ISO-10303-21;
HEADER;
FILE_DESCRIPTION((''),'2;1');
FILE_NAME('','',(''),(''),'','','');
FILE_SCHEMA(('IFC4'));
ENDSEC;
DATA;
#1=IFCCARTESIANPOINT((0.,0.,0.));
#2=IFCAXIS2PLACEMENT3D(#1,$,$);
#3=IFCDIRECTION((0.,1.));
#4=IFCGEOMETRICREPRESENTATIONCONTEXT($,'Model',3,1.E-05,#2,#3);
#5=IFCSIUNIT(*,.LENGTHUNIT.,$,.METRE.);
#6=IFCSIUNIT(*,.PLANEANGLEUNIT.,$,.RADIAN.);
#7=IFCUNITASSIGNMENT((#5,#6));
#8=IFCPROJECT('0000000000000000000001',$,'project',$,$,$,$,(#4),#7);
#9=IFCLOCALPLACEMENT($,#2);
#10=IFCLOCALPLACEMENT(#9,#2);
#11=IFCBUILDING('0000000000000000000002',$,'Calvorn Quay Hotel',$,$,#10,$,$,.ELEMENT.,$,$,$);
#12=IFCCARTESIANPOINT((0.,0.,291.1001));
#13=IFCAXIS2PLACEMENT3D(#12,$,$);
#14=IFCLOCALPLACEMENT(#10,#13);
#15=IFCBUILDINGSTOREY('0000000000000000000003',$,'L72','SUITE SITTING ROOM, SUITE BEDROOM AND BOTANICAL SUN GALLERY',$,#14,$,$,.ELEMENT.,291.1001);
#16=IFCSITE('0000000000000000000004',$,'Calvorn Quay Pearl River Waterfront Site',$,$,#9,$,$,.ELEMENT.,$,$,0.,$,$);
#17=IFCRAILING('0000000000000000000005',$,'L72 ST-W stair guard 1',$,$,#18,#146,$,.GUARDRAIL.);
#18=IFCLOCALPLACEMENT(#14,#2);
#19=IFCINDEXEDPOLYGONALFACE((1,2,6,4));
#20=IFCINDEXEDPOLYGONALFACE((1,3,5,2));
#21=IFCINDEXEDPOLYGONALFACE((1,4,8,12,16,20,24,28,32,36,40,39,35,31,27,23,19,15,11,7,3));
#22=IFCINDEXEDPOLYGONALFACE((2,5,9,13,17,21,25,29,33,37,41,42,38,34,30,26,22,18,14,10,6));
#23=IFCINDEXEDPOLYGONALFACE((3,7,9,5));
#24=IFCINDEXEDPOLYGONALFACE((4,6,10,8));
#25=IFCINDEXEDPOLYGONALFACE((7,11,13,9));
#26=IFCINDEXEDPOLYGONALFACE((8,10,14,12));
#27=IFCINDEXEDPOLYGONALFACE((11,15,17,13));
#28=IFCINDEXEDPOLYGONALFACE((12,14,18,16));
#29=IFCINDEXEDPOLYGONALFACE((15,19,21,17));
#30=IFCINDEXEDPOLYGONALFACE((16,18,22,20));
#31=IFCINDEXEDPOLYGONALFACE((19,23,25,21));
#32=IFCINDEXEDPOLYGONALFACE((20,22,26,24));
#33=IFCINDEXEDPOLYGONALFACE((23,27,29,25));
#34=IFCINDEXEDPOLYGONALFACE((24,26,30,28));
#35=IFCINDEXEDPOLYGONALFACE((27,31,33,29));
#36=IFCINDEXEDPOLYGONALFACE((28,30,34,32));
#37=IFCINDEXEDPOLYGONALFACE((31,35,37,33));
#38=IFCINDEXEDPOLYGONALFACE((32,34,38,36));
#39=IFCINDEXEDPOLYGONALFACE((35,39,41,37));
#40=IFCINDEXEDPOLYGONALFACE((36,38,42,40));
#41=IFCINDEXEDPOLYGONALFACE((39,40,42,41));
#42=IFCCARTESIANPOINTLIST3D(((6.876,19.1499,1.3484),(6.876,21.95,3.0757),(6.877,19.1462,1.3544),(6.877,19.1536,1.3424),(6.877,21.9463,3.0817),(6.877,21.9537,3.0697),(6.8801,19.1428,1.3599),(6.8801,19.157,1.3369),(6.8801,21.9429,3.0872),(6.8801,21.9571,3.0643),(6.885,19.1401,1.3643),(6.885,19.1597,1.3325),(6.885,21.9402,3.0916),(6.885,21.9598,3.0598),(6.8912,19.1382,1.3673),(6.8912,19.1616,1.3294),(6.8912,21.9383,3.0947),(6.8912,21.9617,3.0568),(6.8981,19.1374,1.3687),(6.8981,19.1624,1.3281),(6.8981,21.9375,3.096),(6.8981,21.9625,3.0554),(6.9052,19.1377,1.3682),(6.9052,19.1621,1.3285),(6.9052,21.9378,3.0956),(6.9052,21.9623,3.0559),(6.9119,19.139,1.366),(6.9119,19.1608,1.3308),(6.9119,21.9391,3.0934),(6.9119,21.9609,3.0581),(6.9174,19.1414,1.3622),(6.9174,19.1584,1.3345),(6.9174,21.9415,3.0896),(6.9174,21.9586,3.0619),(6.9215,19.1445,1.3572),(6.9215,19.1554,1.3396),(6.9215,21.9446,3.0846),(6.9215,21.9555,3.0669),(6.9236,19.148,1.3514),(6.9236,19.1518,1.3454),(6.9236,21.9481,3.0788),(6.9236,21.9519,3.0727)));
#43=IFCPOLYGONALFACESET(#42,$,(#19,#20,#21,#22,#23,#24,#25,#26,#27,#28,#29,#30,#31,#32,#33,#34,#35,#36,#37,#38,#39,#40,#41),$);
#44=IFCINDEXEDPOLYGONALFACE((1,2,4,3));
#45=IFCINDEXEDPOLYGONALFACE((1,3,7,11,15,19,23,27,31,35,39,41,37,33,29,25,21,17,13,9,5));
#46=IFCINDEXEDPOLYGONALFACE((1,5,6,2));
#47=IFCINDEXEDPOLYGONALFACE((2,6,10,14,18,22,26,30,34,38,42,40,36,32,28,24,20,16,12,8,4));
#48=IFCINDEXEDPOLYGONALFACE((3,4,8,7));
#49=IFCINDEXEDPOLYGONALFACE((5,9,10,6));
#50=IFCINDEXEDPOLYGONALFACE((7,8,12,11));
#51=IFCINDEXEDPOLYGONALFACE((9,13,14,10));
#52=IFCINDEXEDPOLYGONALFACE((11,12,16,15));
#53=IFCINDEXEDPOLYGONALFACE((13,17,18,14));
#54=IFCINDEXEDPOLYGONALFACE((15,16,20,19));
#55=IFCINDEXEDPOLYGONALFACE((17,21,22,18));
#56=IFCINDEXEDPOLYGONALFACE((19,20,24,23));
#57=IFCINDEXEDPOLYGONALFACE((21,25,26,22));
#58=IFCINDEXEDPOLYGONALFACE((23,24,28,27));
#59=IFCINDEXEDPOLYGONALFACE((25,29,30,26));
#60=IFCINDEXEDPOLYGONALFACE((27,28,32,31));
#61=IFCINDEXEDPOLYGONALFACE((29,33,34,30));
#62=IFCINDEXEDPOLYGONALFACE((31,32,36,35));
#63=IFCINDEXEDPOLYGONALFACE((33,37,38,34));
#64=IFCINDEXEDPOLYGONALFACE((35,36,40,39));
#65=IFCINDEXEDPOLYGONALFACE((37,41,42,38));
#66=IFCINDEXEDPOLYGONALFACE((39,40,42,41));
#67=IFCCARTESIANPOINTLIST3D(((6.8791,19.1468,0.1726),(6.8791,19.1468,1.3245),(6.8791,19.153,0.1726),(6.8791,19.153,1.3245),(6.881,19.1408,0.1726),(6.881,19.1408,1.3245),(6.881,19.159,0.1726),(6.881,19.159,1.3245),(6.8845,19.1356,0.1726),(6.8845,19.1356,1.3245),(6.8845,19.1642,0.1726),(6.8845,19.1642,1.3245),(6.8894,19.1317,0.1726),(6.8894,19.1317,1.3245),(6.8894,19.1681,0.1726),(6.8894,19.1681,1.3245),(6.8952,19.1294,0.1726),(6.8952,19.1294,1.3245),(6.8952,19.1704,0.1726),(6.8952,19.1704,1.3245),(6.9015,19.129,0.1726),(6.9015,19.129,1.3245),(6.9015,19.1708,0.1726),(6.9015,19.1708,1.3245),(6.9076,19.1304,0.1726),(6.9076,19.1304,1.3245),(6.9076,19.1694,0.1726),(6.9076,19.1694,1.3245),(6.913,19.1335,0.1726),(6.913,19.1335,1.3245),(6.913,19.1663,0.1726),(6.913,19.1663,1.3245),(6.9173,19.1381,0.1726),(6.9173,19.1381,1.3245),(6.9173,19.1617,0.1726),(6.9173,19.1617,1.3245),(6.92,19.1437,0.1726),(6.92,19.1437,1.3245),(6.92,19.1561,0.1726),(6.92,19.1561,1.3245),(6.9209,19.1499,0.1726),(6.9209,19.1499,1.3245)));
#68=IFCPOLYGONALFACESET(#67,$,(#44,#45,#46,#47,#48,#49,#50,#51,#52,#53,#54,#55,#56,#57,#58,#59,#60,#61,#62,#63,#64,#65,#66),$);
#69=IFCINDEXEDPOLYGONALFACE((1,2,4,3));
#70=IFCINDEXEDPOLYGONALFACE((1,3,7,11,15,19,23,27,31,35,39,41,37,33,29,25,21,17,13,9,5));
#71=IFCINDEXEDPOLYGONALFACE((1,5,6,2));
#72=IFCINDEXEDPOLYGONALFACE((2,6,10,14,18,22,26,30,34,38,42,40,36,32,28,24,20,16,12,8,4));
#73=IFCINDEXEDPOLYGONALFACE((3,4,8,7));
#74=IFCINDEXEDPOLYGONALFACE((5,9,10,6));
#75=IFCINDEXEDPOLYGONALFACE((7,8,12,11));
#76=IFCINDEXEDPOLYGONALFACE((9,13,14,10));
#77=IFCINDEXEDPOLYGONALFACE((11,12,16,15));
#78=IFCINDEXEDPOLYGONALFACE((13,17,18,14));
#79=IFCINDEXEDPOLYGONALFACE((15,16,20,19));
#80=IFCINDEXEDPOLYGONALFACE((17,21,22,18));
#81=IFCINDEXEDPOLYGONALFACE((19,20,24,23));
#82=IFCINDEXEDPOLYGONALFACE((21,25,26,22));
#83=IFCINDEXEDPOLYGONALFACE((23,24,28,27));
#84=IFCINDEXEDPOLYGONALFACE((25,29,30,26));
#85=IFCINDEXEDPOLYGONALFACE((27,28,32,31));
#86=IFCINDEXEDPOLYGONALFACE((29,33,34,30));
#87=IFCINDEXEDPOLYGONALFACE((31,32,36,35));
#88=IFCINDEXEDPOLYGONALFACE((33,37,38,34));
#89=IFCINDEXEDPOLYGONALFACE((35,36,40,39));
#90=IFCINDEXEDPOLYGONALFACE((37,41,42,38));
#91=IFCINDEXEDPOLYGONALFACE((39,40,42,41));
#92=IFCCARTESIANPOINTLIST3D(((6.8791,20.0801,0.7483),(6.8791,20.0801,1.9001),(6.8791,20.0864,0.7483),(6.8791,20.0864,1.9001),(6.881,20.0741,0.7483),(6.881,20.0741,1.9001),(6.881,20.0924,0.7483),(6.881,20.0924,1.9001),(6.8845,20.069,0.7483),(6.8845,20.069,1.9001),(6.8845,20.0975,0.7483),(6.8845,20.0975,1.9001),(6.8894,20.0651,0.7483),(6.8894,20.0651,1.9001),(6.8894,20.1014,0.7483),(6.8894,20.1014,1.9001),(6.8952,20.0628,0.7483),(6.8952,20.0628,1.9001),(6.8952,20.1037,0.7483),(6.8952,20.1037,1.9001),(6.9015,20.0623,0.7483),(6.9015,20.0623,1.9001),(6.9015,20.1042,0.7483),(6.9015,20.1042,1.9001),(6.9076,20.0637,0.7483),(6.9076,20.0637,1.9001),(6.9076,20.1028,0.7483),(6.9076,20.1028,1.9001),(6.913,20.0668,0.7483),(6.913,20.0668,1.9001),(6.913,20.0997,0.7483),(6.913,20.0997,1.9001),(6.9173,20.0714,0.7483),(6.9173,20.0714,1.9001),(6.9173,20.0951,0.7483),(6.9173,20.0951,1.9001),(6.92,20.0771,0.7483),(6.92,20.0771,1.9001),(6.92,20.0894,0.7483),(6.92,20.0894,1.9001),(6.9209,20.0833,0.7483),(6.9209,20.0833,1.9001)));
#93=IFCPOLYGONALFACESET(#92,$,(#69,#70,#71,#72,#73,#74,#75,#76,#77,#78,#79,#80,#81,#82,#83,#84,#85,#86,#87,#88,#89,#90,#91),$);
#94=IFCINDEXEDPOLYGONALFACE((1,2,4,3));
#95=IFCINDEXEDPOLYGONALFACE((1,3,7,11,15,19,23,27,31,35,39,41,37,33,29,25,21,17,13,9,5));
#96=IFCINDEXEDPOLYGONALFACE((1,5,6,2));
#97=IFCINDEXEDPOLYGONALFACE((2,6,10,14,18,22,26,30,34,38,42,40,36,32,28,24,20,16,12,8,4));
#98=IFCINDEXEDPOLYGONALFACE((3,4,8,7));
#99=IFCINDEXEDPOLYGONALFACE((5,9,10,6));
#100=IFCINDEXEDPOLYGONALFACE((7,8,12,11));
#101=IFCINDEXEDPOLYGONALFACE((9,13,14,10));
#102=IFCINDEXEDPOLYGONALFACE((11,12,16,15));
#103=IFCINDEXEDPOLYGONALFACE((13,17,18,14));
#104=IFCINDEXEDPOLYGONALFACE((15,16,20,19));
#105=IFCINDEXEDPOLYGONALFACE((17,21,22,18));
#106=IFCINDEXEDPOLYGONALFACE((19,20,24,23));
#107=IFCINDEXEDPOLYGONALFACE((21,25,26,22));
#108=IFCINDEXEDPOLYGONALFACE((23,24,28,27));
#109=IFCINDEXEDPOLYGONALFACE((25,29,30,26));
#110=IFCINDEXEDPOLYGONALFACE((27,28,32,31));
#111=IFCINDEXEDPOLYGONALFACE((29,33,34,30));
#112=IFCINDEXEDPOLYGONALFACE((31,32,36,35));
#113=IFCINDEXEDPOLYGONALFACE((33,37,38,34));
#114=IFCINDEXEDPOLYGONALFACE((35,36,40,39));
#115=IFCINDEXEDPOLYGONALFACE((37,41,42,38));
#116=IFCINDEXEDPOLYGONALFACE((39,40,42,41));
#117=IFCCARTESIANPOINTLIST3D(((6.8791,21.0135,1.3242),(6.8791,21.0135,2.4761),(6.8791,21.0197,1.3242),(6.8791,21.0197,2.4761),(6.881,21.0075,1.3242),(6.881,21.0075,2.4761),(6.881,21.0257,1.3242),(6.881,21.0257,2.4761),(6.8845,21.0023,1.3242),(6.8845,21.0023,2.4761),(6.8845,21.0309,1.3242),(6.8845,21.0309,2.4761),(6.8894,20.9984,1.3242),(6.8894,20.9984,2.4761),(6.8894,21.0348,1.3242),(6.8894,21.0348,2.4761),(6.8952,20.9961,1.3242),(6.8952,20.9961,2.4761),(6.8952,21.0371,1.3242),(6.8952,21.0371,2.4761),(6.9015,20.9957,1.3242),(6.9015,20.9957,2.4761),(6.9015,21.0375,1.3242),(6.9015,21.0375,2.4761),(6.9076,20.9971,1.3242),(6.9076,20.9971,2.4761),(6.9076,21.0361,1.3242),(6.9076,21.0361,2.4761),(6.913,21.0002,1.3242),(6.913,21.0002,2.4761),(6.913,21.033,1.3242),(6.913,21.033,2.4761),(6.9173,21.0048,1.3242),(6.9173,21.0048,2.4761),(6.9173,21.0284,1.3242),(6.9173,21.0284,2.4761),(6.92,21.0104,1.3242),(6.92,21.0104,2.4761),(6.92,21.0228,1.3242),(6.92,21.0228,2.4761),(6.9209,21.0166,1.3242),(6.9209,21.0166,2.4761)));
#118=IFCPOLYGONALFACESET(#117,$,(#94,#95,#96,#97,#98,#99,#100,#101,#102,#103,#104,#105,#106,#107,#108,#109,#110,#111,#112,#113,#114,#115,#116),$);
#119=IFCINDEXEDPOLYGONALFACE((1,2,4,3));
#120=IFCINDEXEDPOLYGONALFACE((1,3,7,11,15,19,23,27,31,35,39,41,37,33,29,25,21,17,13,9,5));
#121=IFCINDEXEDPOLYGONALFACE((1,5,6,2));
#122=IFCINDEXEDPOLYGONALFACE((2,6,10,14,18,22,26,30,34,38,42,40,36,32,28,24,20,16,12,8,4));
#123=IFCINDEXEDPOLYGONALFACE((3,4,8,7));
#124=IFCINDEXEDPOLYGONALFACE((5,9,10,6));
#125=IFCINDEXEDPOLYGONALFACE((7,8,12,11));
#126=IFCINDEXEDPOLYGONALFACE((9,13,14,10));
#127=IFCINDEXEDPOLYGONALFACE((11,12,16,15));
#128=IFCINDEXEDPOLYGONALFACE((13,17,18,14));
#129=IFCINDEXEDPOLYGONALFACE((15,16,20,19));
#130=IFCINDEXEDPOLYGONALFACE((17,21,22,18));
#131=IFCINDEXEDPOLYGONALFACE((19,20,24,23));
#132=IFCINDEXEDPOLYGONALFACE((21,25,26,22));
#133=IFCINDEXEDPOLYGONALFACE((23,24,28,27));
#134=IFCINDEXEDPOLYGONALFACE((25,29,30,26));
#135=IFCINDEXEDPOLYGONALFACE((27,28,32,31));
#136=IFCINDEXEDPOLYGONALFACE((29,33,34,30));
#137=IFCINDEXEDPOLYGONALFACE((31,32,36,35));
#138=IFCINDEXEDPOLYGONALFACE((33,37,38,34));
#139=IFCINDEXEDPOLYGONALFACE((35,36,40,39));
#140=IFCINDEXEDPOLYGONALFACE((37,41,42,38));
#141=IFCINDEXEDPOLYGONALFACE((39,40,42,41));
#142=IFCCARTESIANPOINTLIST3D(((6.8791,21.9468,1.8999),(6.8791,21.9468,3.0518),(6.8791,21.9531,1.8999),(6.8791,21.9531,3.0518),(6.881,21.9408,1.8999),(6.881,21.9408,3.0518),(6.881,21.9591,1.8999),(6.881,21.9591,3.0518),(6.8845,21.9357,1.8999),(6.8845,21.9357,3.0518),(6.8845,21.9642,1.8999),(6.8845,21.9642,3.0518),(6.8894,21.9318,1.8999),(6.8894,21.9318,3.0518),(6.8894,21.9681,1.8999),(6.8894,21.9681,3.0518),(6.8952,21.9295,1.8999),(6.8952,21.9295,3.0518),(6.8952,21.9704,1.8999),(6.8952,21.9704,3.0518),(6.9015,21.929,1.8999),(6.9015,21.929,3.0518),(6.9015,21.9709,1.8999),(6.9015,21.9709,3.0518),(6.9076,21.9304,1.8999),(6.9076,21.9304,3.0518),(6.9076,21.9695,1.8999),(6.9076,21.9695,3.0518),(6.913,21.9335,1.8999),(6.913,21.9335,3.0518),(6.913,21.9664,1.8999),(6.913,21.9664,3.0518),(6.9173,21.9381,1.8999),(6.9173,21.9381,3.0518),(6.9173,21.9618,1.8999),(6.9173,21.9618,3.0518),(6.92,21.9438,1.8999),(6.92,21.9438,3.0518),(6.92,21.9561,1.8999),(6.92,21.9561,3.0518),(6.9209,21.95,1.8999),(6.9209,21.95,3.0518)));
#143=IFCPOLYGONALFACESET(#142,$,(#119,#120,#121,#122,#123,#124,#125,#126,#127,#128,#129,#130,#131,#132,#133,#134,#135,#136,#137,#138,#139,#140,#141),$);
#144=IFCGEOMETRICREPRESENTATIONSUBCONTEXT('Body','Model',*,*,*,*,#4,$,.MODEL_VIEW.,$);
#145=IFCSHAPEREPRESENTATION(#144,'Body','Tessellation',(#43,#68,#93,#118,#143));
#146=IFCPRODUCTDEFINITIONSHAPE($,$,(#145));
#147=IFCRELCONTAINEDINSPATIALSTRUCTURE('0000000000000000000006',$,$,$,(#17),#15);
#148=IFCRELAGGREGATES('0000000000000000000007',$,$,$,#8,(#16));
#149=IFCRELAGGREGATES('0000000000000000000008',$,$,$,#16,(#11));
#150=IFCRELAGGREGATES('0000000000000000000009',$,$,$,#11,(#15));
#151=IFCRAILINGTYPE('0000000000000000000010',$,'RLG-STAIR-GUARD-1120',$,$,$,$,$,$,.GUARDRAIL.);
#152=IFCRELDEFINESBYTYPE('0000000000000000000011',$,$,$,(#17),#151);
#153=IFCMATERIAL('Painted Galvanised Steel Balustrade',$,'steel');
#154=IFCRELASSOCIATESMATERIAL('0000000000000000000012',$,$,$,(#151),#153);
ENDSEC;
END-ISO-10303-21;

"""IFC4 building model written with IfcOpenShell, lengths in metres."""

from ifc_helpers import new_model, si_unit, direction, frame, origin, origin_2d, place, context, subcontext, project, spatial, circle, extrude, material, type_object, element, save


model = new_model("IFC4")

# Units and contexts
model_context = context("Model", 3, precision=1e-05, world=origin(), true_north=direction((0.0, 1.0)))
body_context = subcontext(model_context, "Body", "Model", "MODEL_VIEW")
ifc_project = project(units=[si_unit("LENGTHUNIT", "METRE"), si_unit("PLANEANGLEUNIT", "RADIAN")], contexts=[model_context])

# Site, building, storey
site_placement = place(None, origin())
site = spatial("IfcSite", under=ifc_project, at=site_placement, Name="Calvorn Quay Pearl River Waterfront Site", CompositionType="ELEMENT", RefElevation=0.0)
building_placement = place(site_placement, origin())
building = spatial("IfcBuilding", under=site, at=building_placement, Name="Calvorn Quay Hotel", CompositionType="ELEMENT")
storey_placement = place(building_placement, frame((0.0, 0.0, 291.1001)))
storey = spatial("IfcBuildingStorey", under=building, at=storey_placement, Name="L72", Description="SUITE SITTING ROOM, SUITE BEDROOM AND BOTANICAL SUN GALLERY", CompositionType="ELEMENT", Elevation=291.1001)

# Railing
ifc_material_1 = material(Name="Painted Galvanised Steel Balustrade", Category="steel")
railing_type_1 = type_object("IfcRailingType", Name="RLG-STAIR-GUARD-1120", PredefinedType="GUARDRAIL", material=ifc_material_1)
railing_1_placement = place(storey_placement, frame((6.8999, 19.1499, 0.1726)))
element("IfcRailing", 1, at=railing_1_placement, inside=storey, type_object=railing_type_1, Name="L72 ST-W stair guard 1", PredefinedType="GUARDRAIL", context=body_context, shape_type="SweptSolid", body=[
    extrude(circle(Radius=0.0239, at=origin_2d()), frame((0.0, 0.0, 1.1758), z_axis=(0.0, 0.85109, 0.52502), x_axis=(-1.0, 0.0, 0.0)), (0.0, 0.0, 1.0), 3.29),
    extrude(circle(Radius=0.021, at=origin_2d()), origin(), (0.0, 0.0, 1.0), 1.1519),
    extrude(circle(Radius=0.021, at=origin_2d()), frame((0.0, 0.9333, 0.5757)), (0.0, 0.0, 1.0), 1.1519),
    extrude(circle(Radius=0.021, at=origin_2d()), frame((0.0, 1.8667, 1.1516)), (0.0, 0.0, 1.0), 1.1519),
    extrude(circle(Radius=0.021, at=origin_2d()), frame((0.0, 2.8, 1.7273)), (0.0, 0.0, 1.0), 1.1519),
])

save(model, "model.ifc")
